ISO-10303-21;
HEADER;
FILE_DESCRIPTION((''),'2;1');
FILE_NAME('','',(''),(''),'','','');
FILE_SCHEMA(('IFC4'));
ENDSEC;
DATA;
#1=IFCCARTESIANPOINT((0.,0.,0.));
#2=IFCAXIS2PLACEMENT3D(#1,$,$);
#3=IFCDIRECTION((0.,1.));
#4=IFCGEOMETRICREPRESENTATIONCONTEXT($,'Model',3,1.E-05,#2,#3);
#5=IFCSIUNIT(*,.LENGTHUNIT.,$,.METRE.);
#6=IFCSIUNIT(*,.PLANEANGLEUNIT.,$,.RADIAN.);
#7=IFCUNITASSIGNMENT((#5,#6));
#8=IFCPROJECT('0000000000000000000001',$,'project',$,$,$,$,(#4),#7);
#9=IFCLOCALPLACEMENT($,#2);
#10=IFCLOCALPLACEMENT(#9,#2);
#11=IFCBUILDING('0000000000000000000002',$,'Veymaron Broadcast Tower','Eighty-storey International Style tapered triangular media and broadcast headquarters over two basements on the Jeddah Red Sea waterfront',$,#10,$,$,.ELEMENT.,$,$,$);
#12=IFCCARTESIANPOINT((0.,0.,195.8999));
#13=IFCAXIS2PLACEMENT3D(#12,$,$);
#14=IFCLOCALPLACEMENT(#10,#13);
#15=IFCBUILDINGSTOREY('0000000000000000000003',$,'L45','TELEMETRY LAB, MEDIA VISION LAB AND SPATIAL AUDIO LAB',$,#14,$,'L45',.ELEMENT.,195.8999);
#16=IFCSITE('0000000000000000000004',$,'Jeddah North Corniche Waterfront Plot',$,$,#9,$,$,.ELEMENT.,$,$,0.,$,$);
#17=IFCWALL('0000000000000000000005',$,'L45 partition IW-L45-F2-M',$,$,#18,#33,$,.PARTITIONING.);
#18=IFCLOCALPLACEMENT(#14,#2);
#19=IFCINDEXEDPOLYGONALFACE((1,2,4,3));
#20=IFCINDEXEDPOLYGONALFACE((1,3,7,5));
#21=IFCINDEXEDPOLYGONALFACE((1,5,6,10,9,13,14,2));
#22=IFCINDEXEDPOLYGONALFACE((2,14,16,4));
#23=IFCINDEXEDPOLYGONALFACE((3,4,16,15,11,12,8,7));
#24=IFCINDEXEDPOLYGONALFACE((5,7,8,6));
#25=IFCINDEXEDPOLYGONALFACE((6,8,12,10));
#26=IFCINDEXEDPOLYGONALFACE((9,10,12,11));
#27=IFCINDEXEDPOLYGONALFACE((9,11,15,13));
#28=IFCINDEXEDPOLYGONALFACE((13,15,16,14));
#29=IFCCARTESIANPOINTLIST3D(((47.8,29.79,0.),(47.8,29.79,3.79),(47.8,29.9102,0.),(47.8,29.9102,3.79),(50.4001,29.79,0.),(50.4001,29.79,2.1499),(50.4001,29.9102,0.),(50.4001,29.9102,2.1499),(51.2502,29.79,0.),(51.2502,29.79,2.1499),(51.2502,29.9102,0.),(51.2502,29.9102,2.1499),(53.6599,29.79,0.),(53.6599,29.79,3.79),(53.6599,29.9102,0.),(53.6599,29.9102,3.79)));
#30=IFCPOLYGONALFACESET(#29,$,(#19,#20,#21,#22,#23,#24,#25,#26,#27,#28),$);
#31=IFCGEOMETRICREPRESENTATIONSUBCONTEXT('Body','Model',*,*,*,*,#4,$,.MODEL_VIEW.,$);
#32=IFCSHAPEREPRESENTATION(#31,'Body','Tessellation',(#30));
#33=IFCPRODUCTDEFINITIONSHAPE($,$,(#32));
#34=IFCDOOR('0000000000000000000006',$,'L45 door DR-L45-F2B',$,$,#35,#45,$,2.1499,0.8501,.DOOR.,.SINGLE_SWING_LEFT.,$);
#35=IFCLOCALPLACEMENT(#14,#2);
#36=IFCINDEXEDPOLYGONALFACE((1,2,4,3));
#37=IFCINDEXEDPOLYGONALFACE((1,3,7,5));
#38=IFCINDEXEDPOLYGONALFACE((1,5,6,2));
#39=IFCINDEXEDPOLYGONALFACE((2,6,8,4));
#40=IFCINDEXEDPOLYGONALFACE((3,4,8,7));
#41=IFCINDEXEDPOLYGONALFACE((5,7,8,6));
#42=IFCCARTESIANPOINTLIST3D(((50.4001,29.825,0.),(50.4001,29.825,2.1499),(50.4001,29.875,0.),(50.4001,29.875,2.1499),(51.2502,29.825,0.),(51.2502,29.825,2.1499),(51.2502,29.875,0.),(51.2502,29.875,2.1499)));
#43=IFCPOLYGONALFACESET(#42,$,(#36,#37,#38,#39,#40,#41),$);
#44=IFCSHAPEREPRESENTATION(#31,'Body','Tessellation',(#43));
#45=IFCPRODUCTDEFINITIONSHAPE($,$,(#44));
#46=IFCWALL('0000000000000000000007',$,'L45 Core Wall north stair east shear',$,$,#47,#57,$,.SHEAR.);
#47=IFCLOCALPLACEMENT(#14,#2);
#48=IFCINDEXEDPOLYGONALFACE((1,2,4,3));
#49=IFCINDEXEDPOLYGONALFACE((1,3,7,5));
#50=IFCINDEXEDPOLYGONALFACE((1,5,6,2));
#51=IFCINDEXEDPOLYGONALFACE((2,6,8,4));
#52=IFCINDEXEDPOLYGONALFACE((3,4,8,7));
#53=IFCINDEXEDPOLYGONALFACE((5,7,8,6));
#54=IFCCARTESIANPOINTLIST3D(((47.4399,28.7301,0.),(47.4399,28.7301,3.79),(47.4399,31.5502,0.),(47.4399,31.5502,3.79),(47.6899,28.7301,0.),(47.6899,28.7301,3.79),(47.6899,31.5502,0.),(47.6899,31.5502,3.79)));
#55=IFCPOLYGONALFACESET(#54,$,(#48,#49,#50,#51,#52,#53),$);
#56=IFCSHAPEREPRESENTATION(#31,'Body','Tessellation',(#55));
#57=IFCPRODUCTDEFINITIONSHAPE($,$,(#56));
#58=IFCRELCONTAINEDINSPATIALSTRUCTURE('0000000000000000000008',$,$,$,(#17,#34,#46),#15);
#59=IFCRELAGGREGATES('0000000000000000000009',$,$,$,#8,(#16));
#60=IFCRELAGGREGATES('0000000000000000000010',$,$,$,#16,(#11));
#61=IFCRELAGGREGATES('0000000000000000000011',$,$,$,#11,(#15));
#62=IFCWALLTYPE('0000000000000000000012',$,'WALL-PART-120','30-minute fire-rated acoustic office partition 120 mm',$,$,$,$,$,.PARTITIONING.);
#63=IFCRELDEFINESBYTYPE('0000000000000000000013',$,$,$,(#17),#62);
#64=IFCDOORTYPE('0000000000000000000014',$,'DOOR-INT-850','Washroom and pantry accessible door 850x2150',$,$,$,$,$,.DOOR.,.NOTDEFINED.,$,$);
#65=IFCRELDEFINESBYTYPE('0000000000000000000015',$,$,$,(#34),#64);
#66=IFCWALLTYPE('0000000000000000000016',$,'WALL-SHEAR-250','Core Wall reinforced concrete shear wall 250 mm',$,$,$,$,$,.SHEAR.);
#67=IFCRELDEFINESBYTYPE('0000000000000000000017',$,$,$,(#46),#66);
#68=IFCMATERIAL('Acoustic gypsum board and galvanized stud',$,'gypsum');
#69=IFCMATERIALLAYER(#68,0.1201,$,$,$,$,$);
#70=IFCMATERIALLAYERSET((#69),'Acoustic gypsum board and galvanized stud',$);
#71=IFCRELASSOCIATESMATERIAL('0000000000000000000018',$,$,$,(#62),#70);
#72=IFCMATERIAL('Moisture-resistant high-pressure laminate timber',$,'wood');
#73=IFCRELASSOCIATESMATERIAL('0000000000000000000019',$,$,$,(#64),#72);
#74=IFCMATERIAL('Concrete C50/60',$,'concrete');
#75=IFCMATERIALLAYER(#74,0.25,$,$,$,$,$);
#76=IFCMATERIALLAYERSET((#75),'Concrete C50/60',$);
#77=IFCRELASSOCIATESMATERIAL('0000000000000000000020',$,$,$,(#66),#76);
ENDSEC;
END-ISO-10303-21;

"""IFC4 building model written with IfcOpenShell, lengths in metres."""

from ifc_helpers import new_model, si_unit, direction, frame, frame_2d, origin, place, context, subcontext, project, spatial, rectangle, extrude, material, layer, layer_set, type_object, element, fill, save


model = new_model("IFC4")

# Units and contexts
model_context = context("Model", 3, precision=1e-05, world=origin(), true_north=direction((0.0, 1.0)))
body_context = subcontext(model_context, "Body", "Model", "MODEL_VIEW")
ifc_project = project(units=[si_unit("LENGTHUNIT", "METRE"), si_unit("PLANEANGLEUNIT", "RADIAN")], contexts=[model_context])

# Site, building, storey
site_placement = place(None, origin())
site = spatial("IfcSite", under=ifc_project, at=site_placement, Name="Jeddah North Corniche Waterfront Plot", CompositionType="ELEMENT", RefElevation=0.0)
building_placement = place(site_placement, origin())
building = spatial("IfcBuilding", under=site, at=building_placement, Name="Veymaron Broadcast Tower", Description="Eighty-storey International Style tapered triangular media and broadcast headquarters over two basements on the Jeddah Red Sea waterfront", CompositionType="ELEMENT")
storey_placement = place(building_placement, frame((0.0, 0.0, 195.8999)))
storey = spatial("IfcBuildingStorey", under=building, at=storey_placement, Name="L45", Description="TELEMETRY LAB, MEDIA VISION LAB AND SPATIAL AUDIO LAB", LongName="L45", CompositionType="ELEMENT", Elevation=195.8999)

# Shared definitions
ifc_material_1 = material(Name="Acoustic gypsum board and galvanized stud", Category="gypsum")
ifc_layer_1 = layer(ifc_material_1, 0.1201)
ifc_layer_set_1 = layer_set([ifc_layer_1], Name="Acoustic gypsum board and galvanized stud")
wall_type_1 = type_object("IfcWallType", Name="WALL-PART-120", Description="30-minute fire-rated acoustic office partition 120 mm", PredefinedType="PARTITIONING", material=ifc_layer_set_1)
ifc_material_2 = material(Name="Moisture-resistant high-pressure laminate timber", Category="wood")
door_type_1 = type_object("IfcDoorType", Name="DOOR-INT-850", Description="Washroom and pantry accessible door 850x2150", OperationType="NOTDEFINED", PredefinedType="DOOR", material=ifc_material_2)

# Wall, opening, door
wall_1_placement = place(storey_placement, frame((47.8, 29.8501, 0.0), z_axis=(0.0, 0.0, 1.0), x_axis=(1.0, 0.0, 0.0)))
wall_1 = element("IfcWall", 1, at=wall_1_placement, inside=storey, type_object=wall_type_1, Name="L45 partition IW-L45-F2-M", PredefinedType="PARTITIONING", context=body_context, shape_type="SweptSolid", body=[
    extrude(rectangle(XDim=5.8599, YDim=0.1201, at=frame_2d((2.9299, 0.0))), origin(), (0.0, 0.0, 1.0), 3.79),
])
opening_1_placement = place(wall_1_placement, frame((2.6001, 0.0, 0.0)))
opening_1 = element("IfcOpeningElement", 2, at=opening_1_placement, cuts=wall_1, PredefinedType="OPENING", context=body_context, shape_type="SweptSolid", body=[
    extrude(rectangle(XDim=0.8501, YDim=2.1499, at=frame_2d((0.425, 1.075))), frame((0.0, 0.0701, 0.0), z_axis=(0.0, -1.0, 0.0), x_axis=(1.0, 0.0, 0.0)), (0.0, 0.0, 1.0), 0.1401),
])
door_1_placement = place(opening_1_placement, origin())
door_1 = element("IfcDoor", 3, at=door_1_placement, inside=storey, type_object=door_type_1, Name="L45 door DR-L45-F2B", OperationType="SINGLE_SWING_LEFT", OverallHeight=2.1499, OverallWidth=0.8501, PredefinedType="DOOR", context=body_context, shape_type="SweptSolid", body=[
    extrude(rectangle(XDim=0.8501, YDim=2.1499, at=frame_2d((0.425, 1.075))), frame((0.0, 0.0249, 0.0), z_axis=(0.0, -1.0, 0.0), x_axis=(1.0, 0.0, 0.0)), (0.0, 0.0, 1.0), 0.05),
])
fill(opening_1, door_1)

# Wall
ifc_material_3 = material(Name="Concrete C50/60", Category="concrete")
ifc_layer_2 = layer(ifc_material_3, 0.25)
ifc_layer_set_2 = layer_set([ifc_layer_2], Name="Concrete C50/60")
wall_type_2 = type_object("IfcWallType", Name="WALL-SHEAR-250", Description="Core Wall reinforced concrete shear wall 250 mm", PredefinedType="SHEAR", material=ifc_layer_set_2)
wall_2_placement = place(storey_placement, frame((47.5649, 28.73, 0.0), z_axis=(0.0, 0.0, 1.0), x_axis=(0.0, 1.0, 0.0)))
element("IfcWall", 4, at=wall_2_placement, inside=storey, type_object=wall_type_2, Name="L45 Core Wall north stair east shear", PredefinedType="SHEAR", context=body_context, shape_type="SweptSolid", body=[
    extrude(rectangle(XDim=2.8201, YDim=0.25, at=frame_2d((1.4102, 0.0))), origin(), (0.0, 0.0, 1.0), 3.79),
])

save(model, "model.ifc")
